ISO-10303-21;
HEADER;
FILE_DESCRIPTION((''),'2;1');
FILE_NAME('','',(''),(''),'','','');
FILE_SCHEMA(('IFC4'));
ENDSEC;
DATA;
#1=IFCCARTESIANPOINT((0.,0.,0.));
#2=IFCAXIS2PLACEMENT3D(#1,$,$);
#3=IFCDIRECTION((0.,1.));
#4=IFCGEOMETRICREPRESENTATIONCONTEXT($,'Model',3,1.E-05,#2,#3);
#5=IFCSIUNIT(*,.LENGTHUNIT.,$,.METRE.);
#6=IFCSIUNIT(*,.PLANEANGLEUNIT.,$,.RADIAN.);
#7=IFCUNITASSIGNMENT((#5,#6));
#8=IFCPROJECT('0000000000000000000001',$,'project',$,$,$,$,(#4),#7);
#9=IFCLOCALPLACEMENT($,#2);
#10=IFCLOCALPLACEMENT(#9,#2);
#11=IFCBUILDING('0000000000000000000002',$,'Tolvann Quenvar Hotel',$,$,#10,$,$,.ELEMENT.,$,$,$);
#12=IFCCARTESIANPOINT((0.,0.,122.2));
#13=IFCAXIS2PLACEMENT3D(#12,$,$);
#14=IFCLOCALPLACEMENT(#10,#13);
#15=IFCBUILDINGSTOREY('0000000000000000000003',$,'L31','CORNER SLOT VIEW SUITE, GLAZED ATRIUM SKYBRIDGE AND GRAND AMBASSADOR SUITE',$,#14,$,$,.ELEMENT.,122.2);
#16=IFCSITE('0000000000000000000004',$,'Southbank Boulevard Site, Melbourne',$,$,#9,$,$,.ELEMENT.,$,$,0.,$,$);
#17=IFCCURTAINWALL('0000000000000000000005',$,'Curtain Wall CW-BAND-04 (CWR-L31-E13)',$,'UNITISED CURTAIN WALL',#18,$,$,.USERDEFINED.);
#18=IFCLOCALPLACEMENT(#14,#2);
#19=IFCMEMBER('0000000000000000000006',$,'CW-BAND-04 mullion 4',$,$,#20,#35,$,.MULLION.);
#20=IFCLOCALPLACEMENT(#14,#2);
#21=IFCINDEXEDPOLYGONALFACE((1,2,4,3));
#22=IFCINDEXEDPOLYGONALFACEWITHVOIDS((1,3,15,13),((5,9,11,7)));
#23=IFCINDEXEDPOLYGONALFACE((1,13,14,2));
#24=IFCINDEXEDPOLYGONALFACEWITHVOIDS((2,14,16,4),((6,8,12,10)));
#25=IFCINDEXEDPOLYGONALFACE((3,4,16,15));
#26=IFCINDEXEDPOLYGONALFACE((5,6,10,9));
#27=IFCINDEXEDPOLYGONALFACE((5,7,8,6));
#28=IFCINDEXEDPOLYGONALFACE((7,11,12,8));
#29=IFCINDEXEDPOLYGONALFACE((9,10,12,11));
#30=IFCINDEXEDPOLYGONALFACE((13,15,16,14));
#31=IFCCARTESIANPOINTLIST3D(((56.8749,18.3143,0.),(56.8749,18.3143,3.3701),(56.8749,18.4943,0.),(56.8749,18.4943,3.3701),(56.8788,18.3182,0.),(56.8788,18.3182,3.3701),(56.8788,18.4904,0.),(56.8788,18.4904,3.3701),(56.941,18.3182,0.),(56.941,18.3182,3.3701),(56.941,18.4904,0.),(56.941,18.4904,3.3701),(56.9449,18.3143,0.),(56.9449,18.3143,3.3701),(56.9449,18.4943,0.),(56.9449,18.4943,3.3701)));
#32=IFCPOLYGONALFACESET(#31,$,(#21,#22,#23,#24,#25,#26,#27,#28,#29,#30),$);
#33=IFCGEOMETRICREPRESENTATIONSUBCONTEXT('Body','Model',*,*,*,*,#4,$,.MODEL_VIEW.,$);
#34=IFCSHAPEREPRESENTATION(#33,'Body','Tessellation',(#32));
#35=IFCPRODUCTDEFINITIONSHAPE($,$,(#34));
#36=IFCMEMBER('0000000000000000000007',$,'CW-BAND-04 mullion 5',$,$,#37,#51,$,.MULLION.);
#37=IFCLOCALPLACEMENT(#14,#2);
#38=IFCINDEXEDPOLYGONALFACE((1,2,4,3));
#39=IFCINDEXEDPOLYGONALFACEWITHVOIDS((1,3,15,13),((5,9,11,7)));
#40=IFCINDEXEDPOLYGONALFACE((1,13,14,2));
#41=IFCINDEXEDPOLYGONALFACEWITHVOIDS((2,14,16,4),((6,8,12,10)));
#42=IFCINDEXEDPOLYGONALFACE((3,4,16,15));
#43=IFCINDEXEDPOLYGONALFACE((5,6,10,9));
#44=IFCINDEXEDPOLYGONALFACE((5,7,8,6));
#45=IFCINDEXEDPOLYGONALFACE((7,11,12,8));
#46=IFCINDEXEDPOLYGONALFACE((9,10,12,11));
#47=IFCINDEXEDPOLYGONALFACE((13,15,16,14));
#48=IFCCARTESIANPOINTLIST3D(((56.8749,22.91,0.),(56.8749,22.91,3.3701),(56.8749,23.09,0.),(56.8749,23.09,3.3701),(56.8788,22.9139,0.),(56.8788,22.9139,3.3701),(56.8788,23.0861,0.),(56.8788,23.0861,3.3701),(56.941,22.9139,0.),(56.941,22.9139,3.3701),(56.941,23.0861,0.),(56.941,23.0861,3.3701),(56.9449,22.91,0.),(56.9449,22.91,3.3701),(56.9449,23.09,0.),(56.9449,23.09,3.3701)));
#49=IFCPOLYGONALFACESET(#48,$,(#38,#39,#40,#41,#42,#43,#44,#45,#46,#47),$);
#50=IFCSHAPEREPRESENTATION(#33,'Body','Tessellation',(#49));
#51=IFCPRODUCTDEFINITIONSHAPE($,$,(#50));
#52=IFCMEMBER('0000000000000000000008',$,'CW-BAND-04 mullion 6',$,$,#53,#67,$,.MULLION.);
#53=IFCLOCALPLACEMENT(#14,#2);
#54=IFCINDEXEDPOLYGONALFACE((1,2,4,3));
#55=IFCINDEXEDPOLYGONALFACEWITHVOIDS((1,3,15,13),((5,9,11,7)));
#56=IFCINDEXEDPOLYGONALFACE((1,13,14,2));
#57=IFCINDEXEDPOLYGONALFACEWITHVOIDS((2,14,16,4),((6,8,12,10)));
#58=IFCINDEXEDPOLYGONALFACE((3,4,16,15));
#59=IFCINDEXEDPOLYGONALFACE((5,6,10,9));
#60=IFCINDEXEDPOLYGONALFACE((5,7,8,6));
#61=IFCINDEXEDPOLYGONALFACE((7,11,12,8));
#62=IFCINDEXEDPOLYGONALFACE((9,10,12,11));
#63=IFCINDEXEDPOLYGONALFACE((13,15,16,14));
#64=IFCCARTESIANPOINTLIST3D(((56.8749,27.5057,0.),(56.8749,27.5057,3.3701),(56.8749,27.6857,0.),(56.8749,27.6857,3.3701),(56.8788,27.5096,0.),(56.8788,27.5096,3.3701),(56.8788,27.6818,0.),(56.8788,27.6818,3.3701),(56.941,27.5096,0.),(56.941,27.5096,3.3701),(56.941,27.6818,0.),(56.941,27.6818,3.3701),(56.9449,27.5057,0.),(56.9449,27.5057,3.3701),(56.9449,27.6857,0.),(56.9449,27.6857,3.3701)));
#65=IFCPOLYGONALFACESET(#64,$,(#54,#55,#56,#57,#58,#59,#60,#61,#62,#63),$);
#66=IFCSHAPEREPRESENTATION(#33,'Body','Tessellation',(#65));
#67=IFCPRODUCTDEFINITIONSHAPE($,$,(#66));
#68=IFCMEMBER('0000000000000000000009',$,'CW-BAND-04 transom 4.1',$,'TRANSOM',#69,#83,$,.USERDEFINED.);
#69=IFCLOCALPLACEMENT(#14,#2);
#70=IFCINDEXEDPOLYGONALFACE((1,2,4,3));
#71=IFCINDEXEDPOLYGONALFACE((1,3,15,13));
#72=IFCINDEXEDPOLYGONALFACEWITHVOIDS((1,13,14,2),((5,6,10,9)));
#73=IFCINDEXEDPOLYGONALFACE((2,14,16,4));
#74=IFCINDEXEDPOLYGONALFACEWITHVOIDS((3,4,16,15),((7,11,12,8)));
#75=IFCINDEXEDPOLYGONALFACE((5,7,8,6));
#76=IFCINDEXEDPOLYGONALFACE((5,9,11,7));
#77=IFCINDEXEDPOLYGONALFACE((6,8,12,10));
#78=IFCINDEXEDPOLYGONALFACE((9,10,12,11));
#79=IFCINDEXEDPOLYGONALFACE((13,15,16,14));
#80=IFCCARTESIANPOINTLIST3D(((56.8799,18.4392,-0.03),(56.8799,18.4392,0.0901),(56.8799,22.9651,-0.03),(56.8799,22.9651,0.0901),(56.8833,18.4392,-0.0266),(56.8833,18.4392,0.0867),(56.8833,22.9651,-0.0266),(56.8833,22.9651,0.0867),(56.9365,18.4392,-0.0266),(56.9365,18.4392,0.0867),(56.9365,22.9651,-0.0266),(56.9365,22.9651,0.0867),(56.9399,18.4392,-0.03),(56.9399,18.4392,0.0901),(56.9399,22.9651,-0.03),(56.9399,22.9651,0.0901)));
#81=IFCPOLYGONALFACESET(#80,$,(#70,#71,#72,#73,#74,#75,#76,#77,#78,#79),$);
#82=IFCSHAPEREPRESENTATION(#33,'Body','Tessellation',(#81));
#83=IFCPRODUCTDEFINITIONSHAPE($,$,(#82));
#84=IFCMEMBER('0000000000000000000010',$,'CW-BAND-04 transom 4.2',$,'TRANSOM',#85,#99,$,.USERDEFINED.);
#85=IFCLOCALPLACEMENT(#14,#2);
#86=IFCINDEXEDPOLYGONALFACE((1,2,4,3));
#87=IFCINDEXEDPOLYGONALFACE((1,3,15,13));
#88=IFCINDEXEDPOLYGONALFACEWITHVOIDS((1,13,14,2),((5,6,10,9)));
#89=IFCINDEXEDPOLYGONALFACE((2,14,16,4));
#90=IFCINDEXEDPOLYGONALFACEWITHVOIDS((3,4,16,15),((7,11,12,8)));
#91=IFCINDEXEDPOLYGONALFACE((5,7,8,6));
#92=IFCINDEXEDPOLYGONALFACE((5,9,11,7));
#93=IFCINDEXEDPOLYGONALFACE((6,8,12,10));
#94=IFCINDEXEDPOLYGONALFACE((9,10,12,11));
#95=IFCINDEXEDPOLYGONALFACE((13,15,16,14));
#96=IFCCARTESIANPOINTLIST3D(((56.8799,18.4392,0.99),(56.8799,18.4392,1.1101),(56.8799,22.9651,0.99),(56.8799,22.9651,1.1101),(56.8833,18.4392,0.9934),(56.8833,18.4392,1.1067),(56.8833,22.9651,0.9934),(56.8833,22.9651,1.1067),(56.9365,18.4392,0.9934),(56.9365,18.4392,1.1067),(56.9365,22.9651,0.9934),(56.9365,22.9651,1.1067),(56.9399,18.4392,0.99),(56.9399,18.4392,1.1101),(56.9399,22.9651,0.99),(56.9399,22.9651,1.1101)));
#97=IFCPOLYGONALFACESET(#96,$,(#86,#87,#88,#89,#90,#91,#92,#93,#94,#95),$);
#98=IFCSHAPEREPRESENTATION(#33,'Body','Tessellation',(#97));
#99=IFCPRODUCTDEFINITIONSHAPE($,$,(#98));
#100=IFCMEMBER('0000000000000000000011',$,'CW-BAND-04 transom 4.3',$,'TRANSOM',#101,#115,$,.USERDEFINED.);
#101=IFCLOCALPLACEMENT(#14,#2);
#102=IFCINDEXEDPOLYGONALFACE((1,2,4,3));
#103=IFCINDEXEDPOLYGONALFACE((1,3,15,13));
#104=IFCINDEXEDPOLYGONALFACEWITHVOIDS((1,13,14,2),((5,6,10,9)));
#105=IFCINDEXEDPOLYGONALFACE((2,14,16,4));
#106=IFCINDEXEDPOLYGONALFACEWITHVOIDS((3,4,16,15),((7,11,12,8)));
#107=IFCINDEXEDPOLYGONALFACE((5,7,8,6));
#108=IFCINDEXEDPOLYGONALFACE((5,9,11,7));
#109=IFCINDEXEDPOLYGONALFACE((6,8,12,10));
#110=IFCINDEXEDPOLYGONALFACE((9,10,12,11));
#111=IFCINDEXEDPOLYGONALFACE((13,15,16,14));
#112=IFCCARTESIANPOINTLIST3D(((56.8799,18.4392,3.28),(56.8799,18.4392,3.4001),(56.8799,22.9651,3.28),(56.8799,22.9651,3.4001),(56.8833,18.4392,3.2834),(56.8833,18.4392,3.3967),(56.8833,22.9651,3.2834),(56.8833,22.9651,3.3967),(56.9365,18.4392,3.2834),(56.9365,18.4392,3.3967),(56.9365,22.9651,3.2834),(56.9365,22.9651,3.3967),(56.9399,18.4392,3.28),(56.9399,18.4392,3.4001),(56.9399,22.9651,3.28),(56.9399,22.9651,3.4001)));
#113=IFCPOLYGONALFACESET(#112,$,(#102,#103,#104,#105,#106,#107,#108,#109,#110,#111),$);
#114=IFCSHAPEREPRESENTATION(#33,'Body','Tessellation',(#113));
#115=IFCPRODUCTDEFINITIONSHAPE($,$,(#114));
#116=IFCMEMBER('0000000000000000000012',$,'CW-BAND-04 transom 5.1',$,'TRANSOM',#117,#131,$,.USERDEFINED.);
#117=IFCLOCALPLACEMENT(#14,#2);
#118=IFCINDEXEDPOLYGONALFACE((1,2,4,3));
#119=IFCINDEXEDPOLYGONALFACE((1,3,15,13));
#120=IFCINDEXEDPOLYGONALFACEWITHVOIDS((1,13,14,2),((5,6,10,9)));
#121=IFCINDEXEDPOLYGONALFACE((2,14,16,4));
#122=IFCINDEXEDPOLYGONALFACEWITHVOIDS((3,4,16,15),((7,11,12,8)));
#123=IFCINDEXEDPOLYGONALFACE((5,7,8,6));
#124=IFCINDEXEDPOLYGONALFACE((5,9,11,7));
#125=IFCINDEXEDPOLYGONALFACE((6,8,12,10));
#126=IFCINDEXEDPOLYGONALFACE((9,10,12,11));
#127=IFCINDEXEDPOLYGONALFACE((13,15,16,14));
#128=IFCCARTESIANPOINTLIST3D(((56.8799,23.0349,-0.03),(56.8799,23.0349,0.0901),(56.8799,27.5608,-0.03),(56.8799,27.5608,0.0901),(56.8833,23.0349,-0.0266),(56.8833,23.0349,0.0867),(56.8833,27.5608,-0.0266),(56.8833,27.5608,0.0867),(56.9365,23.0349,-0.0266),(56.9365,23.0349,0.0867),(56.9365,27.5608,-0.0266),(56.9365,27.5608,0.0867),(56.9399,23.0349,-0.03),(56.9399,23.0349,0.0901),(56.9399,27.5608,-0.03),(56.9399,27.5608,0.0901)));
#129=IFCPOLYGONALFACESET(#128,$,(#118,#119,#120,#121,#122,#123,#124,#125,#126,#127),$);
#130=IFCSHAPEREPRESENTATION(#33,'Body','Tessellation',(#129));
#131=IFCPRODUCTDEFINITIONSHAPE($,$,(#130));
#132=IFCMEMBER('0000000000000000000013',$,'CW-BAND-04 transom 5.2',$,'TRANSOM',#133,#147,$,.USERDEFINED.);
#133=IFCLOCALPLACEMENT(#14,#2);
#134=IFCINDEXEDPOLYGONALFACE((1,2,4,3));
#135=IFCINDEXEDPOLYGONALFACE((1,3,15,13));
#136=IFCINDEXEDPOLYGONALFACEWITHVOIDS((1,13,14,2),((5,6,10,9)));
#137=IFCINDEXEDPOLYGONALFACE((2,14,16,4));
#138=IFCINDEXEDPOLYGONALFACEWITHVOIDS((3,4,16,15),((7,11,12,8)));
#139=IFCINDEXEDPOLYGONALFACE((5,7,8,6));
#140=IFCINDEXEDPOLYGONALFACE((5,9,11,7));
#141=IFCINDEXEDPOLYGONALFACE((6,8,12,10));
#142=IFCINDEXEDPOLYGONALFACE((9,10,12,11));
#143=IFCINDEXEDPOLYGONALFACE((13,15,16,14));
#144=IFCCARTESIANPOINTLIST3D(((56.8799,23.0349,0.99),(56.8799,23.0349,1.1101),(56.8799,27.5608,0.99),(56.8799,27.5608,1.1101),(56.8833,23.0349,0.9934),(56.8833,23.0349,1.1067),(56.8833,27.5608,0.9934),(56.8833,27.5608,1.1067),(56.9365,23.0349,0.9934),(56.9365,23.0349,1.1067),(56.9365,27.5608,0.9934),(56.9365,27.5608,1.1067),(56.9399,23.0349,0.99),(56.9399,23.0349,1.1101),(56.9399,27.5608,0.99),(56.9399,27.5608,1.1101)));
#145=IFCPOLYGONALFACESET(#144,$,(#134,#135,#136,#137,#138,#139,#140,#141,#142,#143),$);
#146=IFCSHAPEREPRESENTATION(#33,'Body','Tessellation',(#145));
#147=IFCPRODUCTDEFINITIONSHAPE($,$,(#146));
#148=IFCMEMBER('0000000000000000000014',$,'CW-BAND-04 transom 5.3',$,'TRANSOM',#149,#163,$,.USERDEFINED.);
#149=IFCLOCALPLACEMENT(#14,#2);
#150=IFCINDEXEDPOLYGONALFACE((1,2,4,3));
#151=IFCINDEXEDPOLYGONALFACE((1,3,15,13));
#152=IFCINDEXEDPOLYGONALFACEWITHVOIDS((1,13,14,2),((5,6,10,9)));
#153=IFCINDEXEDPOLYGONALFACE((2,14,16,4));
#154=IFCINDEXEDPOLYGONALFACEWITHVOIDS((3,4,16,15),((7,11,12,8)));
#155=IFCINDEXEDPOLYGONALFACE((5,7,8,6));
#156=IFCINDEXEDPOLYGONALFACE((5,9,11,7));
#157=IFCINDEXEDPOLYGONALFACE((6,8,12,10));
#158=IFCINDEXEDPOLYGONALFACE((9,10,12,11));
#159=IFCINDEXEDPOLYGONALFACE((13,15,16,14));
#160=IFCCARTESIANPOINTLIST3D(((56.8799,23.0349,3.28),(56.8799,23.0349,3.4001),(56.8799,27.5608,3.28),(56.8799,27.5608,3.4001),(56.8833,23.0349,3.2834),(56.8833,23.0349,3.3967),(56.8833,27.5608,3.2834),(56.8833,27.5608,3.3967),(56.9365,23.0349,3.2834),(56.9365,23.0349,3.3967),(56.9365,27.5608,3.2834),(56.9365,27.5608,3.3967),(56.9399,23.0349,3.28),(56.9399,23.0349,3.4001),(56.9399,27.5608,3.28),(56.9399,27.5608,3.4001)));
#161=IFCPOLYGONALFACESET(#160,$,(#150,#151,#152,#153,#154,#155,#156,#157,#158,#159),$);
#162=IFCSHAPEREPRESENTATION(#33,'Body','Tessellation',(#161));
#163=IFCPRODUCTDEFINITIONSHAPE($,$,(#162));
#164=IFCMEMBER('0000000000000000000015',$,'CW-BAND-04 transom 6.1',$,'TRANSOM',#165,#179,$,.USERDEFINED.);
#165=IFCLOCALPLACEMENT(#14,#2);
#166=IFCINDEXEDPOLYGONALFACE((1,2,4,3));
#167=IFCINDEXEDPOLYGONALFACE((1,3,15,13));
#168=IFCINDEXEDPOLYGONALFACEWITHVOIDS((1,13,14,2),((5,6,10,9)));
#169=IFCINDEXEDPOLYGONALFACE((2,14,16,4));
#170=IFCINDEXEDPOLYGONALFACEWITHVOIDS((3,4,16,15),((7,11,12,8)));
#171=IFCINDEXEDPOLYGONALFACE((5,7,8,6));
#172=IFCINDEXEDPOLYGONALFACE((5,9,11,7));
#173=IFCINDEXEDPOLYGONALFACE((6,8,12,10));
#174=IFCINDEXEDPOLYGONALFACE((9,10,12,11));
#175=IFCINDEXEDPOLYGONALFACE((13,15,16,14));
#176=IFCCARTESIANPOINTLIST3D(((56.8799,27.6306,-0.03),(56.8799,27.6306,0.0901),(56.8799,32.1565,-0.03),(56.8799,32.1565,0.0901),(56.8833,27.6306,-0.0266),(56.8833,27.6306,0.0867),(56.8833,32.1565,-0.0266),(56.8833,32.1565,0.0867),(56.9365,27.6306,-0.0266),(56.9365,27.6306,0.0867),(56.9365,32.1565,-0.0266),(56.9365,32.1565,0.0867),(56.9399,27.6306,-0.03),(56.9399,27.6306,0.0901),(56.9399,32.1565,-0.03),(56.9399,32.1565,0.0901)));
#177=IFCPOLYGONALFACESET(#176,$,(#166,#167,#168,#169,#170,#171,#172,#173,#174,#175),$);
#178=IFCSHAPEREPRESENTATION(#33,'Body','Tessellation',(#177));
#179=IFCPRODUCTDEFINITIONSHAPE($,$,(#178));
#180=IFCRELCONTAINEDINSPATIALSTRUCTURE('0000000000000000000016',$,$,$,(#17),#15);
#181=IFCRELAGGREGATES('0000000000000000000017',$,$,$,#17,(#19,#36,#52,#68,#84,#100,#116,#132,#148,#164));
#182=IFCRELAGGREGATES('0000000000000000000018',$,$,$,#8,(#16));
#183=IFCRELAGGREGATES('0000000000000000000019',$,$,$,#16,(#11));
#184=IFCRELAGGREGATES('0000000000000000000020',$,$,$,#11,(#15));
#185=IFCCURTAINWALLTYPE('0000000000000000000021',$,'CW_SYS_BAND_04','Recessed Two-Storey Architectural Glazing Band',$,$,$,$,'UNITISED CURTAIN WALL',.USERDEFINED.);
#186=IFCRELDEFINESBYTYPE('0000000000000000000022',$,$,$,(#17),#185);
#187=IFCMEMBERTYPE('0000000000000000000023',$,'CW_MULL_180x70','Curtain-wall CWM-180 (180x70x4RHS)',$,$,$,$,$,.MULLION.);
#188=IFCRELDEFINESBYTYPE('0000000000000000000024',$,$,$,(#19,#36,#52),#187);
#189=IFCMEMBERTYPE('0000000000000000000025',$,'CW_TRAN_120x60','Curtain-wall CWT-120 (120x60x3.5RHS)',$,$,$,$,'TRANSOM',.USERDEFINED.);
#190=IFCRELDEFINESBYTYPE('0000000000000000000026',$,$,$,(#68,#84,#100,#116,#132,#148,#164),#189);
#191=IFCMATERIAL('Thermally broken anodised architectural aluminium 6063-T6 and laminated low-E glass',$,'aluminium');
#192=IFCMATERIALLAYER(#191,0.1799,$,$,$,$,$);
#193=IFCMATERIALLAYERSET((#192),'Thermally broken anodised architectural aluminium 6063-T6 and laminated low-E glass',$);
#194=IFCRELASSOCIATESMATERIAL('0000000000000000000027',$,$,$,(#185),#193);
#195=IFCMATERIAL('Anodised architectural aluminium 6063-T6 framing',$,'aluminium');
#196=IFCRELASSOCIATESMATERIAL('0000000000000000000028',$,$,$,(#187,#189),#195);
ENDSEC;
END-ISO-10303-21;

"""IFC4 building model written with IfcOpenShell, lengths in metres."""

from ifc_helpers import new_model, si_unit, direction, frame, origin, origin_2d, place, context, subcontext, project, spatial, hollow_rectangle, extrude, source, transform, mapped, material, layer, layer_set, material_profile, profile_set, type_object, type_shapes, element, aggregate, save


model = new_model("IFC4")

# Units and contexts
model_context = context("Model", 3, precision=1e-05, world=origin(), true_north=direction((0.0, 1.0)))
body_context = subcontext(model_context, "Body", "Model", "MODEL_VIEW")
ifc_project = project(units=[si_unit("LENGTHUNIT", "METRE"), si_unit("PLANEANGLEUNIT", "RADIAN")], contexts=[model_context])

# Site, building, storey
site_placement = place(None, origin())
site = spatial("IfcSite", under=ifc_project, at=site_placement, Name="Southbank Boulevard Site, Melbourne", CompositionType="ELEMENT", RefElevation=0.0)
building_placement = place(site_placement, origin())
building = spatial("IfcBuilding", under=site, at=building_placement, Name="Tolvann Quenvar Hotel", CompositionType="ELEMENT")
storey_placement = place(building_placement, frame((0.0, 0.0, 122.2)))
storey = spatial("IfcBuildingStorey", under=building, at=storey_placement, Name="L31", Description="CORNER SLOT VIEW SUITE, GLAZED ATRIUM SKYBRIDGE AND GRAND AMBASSADOR SUITE", CompositionType="ELEMENT", Elevation=122.2)

# Curtain wall, members
ifc_material_1 = material(Name="Thermally broken anodised architectural aluminium 6063-T6 and laminated low-E glass", Category="aluminium")
ifc_layer_1 = layer(ifc_material_1, 0.1799)
ifc_layer_set_1 = layer_set([ifc_layer_1], Name="Thermally broken anodised architectural aluminium 6063-T6 and laminated low-E glass")
curtain_wall_type = type_object("IfcCurtainWallType", Name="CW_SYS_BAND_04", Description="Recessed Two-Storey Architectural Glazing Band", ElementType="UNITISED CURTAIN WALL", PredefinedType="USERDEFINED", material=ifc_layer_set_1)
curtain_wall_placement = place(storey_placement, origin())
curtain_wall = element("IfcCurtainWall", 1, at=curtain_wall_placement, inside=storey, type_object=curtain_wall_type, Name="Curtain Wall CW-BAND-04 (CWR-L31-E13)", ObjectType="UNITISED CURTAIN WALL", PredefinedType="USERDEFINED")
ifc_material_2 = material(Name="Anodised architectural aluminium 6063-T6 framing", Category="aluminium")
ifc_material_profile_1 = material_profile(ifc_material_2, hollow_rectangle(XDim=0.0701, YDim=0.1799, WallThickness=0.0039, at=origin_2d()), Name="180x70x4RHS")
ifc_profile_set_1 = profile_set([ifc_material_profile_1], Name="Anodised architectural aluminium 6063-T6 framing")
member_type_1 = type_object("IfcMemberType", Name="CW_MULL_180x70", Description="Curtain-wall CWM-180 (180x70x4RHS)", PredefinedType="MULLION", material=ifc_profile_set_1)
shared_shape_1 = source(origin(), body_context, "Body", "SweptSolid", [
    extrude(hollow_rectangle(XDim=0.0701, YDim=0.1799, WallThickness=0.0039, at=origin_2d()), origin(), (0.0, 0.0, 1.0), 3.3701),
])
type_shapes(member_type_1, [shared_shape_1])
member_1_placement = place(storey_placement, frame((56.9099, 18.4043, 0.0), z_axis=(0.0, 0.0, 1.0), x_axis=(-1.0, 0.0, 0.0)))
member_1 = element("IfcMember", 2, at=member_1_placement, type_object=member_type_1, Name="CW-BAND-04 mullion 4", PredefinedType="MULLION", context=body_context, shape_type="MappedRepresentation", body=[
    mapped(shared_shape_1, transform((0.0, 0.0, 0.0), x_axis=(1.0, 0.0, 0.0), y_axis=(0.0, 1.0, 0.0), z_axis=(0.0, 0.0, 1.0), scale=1.0)),
])
member_2_placement = place(storey_placement, frame((56.9099, 23.0, 0.0), z_axis=(0.0, 0.0, 1.0), x_axis=(-1.0, 0.0, 0.0)))
member_2 = element("IfcMember", 3, at=member_2_placement, type_object=member_type_1, Name="CW-BAND-04 mullion 5", PredefinedType="MULLION", context=body_context, shape_type="MappedRepresentation", body=[
    mapped(shared_shape_1, transform((0.0, 0.0, 0.0), x_axis=(1.0, 0.0, 0.0), y_axis=(0.0, 1.0, 0.0), z_axis=(0.0, 0.0, 1.0), scale=1.0)),
])
member_3_placement = place(storey_placement, frame((56.9099, 27.5957, 0.0), z_axis=(0.0, 0.0, 1.0), x_axis=(-1.0, 0.0, 0.0)))
member_3 = element("IfcMember", 4, at=member_3_placement, type_object=member_type_1, Name="CW-BAND-04 mullion 6", PredefinedType="MULLION", context=body_context, shape_type="MappedRepresentation", body=[
    mapped(shared_shape_1, transform((0.0, 0.0, 0.0), x_axis=(1.0, 0.0, 0.0), y_axis=(0.0, 1.0, 0.0), z_axis=(0.0, 0.0, 1.0), scale=1.0)),
])
ifc_material_profile_2 = material_profile(ifc_material_2, hollow_rectangle(XDim=0.0601, YDim=0.1201, WallThickness=0.0034, at=origin_2d()), Name="120x60x3.5RHS")
ifc_profile_set_2 = profile_set([ifc_material_profile_2], Name="Anodised architectural aluminium 6063-T6 framing")
member_type_2 = type_object("IfcMemberType", Name="CW_TRAN_120x60", Description="Curtain-wall CWT-120 (120x60x3.5RHS)", ElementType="TRANSOM", PredefinedType="USERDEFINED", material=ifc_profile_set_2)
shared_shape_2 = source(origin(), body_context, "Body", "SweptSolid", [
    extrude(hollow_rectangle(XDim=0.0601, YDim=0.1201, WallThickness=0.0034, at=origin_2d()), origin(), (0.0, 0.0, 1.0), 4.5259),
])
type_shapes(member_type_2, [shared_shape_2])
member_4_placement = place(storey_placement, frame((56.9099, 18.4392, 0.03), z_axis=(0.0, 1.0, 0.0), x_axis=(-1.0, 0.0, 0.0)))
member_4 = element("IfcMember", 5, at=member_4_placement, type_object=member_type_2, Name="CW-BAND-04 transom 4.1", ObjectType="TRANSOM", PredefinedType="USERDEFINED", context=body_context, shape_type="MappedRepresentation", body=[
    mapped(shared_shape_2, transform((0.0, 0.0, 0.0), x_axis=(1.0, 0.0, 0.0), y_axis=(0.0, 1.0, 0.0), z_axis=(0.0, 0.0, 1.0), scale=1.0)),
])
member_5_placement = place(storey_placement, frame((56.9099, 18.4392, 1.05), z_axis=(0.0, 1.0, 0.0), x_axis=(-1.0, 0.0, 0.0)))
member_5 = element("IfcMember", 6, at=member_5_placement, type_object=member_type_2, Name="CW-BAND-04 transom 4.2", ObjectType="TRANSOM", PredefinedType="USERDEFINED", context=body_context, shape_type="MappedRepresentation", body=[
    mapped(shared_shape_2, transform((0.0, 0.0, 0.0), x_axis=(1.0, 0.0, 0.0), y_axis=(0.0, 1.0, 0.0), z_axis=(0.0, 0.0, 1.0), scale=1.0)),
])
member_6_placement = place(storey_placement, frame((56.9099, 18.4392, 3.3401), z_axis=(0.0, 1.0, 0.0), x_axis=(-1.0, 0.0, 0.0)))
member_6 = element("IfcMember", 7, at=member_6_placement, type_object=member_type_2, Name="CW-BAND-04 transom 4.3", ObjectType="TRANSOM", PredefinedType="USERDEFINED", context=body_context, shape_type="MappedRepresentation", body=[
    mapped(shared_shape_2, transform((0.0, 0.0, 0.0), x_axis=(1.0, 0.0, 0.0), y_axis=(0.0, 1.0, 0.0), z_axis=(0.0, 0.0, 1.0), scale=1.0)),
])
member_7_placement = place(storey_placement, frame((56.9099, 23.0349, 0.03), z_axis=(0.0, 1.0, 0.0), x_axis=(-1.0, 0.0, 0.0)))
member_7 = element("IfcMember", 8, at=member_7_placement, type_object=member_type_2, Name="CW-BAND-04 transom 5.1", ObjectType="TRANSOM", PredefinedType="USERDEFINED", context=body_context, shape_type="MappedRepresentation", body=[
    mapped(shared_shape_2, transform((0.0, 0.0, 0.0), x_axis=(1.0, 0.0, 0.0), y_axis=(0.0, 1.0, 0.0), z_axis=(0.0, 0.0, 1.0), scale=1.0)),
])
member_8_placement = place(storey_placement, frame((56.9099, 23.0349, 1.05), z_axis=(0.0, 1.0, 0.0), x_axis=(-1.0, 0.0, 0.0)))
member_8 = element("IfcMember", 9, at=member_8_placement, type_object=member_type_2, Name="CW-BAND-04 transom 5.2", ObjectType="TRANSOM", PredefinedType="USERDEFINED", context=body_context, shape_type="MappedRepresentation", body=[
    mapped(shared_shape_2, transform((0.0, 0.0, 0.0), x_axis=(1.0, 0.0, 0.0), y_axis=(0.0, 1.0, 0.0), z_axis=(0.0, 0.0, 1.0), scale=1.0)),
])
member_9_placement = place(storey_placement, frame((56.9099, 23.0349, 3.3401), z_axis=(0.0, 1.0, 0.0), x_axis=(-1.0, 0.0, 0.0)))
member_9 = element("IfcMember", 10, at=member_9_placement, type_object=member_type_2, Name="CW-BAND-04 transom 5.3", ObjectType="TRANSOM", PredefinedType="USERDEFINED", context=body_context, shape_type="MappedRepresentation", body=[
    mapped(shared_shape_2, transform((0.0, 0.0, 0.0), x_axis=(1.0, 0.0, 0.0), y_axis=(0.0, 1.0, 0.0), z_axis=(0.0, 0.0, 1.0), scale=1.0)),
])
member_10_placement = place(storey_placement, frame((56.9099, 27.6306, 0.03), z_axis=(0.0, 1.0, 0.0), x_axis=(-1.0, 0.0, 0.0)))
member_10 = element("IfcMember", 11, at=member_10_placement, type_object=member_type_2, Name="CW-BAND-04 transom 6.1", ObjectType="TRANSOM", PredefinedType="USERDEFINED", context=body_context, shape_type="MappedRepresentation", body=[
    mapped(shared_shape_2, transform((0.0, 0.0, 0.0), x_axis=(1.0, 0.0, 0.0), y_axis=(0.0, 1.0, 0.0), z_axis=(0.0, 0.0, 1.0), scale=1.0)),
])
aggregate(curtain_wall, [member_1, member_2, member_3, member_4, member_5, member_6, member_7, member_8, member_9, member_10])

save(model, "model.ifc")
